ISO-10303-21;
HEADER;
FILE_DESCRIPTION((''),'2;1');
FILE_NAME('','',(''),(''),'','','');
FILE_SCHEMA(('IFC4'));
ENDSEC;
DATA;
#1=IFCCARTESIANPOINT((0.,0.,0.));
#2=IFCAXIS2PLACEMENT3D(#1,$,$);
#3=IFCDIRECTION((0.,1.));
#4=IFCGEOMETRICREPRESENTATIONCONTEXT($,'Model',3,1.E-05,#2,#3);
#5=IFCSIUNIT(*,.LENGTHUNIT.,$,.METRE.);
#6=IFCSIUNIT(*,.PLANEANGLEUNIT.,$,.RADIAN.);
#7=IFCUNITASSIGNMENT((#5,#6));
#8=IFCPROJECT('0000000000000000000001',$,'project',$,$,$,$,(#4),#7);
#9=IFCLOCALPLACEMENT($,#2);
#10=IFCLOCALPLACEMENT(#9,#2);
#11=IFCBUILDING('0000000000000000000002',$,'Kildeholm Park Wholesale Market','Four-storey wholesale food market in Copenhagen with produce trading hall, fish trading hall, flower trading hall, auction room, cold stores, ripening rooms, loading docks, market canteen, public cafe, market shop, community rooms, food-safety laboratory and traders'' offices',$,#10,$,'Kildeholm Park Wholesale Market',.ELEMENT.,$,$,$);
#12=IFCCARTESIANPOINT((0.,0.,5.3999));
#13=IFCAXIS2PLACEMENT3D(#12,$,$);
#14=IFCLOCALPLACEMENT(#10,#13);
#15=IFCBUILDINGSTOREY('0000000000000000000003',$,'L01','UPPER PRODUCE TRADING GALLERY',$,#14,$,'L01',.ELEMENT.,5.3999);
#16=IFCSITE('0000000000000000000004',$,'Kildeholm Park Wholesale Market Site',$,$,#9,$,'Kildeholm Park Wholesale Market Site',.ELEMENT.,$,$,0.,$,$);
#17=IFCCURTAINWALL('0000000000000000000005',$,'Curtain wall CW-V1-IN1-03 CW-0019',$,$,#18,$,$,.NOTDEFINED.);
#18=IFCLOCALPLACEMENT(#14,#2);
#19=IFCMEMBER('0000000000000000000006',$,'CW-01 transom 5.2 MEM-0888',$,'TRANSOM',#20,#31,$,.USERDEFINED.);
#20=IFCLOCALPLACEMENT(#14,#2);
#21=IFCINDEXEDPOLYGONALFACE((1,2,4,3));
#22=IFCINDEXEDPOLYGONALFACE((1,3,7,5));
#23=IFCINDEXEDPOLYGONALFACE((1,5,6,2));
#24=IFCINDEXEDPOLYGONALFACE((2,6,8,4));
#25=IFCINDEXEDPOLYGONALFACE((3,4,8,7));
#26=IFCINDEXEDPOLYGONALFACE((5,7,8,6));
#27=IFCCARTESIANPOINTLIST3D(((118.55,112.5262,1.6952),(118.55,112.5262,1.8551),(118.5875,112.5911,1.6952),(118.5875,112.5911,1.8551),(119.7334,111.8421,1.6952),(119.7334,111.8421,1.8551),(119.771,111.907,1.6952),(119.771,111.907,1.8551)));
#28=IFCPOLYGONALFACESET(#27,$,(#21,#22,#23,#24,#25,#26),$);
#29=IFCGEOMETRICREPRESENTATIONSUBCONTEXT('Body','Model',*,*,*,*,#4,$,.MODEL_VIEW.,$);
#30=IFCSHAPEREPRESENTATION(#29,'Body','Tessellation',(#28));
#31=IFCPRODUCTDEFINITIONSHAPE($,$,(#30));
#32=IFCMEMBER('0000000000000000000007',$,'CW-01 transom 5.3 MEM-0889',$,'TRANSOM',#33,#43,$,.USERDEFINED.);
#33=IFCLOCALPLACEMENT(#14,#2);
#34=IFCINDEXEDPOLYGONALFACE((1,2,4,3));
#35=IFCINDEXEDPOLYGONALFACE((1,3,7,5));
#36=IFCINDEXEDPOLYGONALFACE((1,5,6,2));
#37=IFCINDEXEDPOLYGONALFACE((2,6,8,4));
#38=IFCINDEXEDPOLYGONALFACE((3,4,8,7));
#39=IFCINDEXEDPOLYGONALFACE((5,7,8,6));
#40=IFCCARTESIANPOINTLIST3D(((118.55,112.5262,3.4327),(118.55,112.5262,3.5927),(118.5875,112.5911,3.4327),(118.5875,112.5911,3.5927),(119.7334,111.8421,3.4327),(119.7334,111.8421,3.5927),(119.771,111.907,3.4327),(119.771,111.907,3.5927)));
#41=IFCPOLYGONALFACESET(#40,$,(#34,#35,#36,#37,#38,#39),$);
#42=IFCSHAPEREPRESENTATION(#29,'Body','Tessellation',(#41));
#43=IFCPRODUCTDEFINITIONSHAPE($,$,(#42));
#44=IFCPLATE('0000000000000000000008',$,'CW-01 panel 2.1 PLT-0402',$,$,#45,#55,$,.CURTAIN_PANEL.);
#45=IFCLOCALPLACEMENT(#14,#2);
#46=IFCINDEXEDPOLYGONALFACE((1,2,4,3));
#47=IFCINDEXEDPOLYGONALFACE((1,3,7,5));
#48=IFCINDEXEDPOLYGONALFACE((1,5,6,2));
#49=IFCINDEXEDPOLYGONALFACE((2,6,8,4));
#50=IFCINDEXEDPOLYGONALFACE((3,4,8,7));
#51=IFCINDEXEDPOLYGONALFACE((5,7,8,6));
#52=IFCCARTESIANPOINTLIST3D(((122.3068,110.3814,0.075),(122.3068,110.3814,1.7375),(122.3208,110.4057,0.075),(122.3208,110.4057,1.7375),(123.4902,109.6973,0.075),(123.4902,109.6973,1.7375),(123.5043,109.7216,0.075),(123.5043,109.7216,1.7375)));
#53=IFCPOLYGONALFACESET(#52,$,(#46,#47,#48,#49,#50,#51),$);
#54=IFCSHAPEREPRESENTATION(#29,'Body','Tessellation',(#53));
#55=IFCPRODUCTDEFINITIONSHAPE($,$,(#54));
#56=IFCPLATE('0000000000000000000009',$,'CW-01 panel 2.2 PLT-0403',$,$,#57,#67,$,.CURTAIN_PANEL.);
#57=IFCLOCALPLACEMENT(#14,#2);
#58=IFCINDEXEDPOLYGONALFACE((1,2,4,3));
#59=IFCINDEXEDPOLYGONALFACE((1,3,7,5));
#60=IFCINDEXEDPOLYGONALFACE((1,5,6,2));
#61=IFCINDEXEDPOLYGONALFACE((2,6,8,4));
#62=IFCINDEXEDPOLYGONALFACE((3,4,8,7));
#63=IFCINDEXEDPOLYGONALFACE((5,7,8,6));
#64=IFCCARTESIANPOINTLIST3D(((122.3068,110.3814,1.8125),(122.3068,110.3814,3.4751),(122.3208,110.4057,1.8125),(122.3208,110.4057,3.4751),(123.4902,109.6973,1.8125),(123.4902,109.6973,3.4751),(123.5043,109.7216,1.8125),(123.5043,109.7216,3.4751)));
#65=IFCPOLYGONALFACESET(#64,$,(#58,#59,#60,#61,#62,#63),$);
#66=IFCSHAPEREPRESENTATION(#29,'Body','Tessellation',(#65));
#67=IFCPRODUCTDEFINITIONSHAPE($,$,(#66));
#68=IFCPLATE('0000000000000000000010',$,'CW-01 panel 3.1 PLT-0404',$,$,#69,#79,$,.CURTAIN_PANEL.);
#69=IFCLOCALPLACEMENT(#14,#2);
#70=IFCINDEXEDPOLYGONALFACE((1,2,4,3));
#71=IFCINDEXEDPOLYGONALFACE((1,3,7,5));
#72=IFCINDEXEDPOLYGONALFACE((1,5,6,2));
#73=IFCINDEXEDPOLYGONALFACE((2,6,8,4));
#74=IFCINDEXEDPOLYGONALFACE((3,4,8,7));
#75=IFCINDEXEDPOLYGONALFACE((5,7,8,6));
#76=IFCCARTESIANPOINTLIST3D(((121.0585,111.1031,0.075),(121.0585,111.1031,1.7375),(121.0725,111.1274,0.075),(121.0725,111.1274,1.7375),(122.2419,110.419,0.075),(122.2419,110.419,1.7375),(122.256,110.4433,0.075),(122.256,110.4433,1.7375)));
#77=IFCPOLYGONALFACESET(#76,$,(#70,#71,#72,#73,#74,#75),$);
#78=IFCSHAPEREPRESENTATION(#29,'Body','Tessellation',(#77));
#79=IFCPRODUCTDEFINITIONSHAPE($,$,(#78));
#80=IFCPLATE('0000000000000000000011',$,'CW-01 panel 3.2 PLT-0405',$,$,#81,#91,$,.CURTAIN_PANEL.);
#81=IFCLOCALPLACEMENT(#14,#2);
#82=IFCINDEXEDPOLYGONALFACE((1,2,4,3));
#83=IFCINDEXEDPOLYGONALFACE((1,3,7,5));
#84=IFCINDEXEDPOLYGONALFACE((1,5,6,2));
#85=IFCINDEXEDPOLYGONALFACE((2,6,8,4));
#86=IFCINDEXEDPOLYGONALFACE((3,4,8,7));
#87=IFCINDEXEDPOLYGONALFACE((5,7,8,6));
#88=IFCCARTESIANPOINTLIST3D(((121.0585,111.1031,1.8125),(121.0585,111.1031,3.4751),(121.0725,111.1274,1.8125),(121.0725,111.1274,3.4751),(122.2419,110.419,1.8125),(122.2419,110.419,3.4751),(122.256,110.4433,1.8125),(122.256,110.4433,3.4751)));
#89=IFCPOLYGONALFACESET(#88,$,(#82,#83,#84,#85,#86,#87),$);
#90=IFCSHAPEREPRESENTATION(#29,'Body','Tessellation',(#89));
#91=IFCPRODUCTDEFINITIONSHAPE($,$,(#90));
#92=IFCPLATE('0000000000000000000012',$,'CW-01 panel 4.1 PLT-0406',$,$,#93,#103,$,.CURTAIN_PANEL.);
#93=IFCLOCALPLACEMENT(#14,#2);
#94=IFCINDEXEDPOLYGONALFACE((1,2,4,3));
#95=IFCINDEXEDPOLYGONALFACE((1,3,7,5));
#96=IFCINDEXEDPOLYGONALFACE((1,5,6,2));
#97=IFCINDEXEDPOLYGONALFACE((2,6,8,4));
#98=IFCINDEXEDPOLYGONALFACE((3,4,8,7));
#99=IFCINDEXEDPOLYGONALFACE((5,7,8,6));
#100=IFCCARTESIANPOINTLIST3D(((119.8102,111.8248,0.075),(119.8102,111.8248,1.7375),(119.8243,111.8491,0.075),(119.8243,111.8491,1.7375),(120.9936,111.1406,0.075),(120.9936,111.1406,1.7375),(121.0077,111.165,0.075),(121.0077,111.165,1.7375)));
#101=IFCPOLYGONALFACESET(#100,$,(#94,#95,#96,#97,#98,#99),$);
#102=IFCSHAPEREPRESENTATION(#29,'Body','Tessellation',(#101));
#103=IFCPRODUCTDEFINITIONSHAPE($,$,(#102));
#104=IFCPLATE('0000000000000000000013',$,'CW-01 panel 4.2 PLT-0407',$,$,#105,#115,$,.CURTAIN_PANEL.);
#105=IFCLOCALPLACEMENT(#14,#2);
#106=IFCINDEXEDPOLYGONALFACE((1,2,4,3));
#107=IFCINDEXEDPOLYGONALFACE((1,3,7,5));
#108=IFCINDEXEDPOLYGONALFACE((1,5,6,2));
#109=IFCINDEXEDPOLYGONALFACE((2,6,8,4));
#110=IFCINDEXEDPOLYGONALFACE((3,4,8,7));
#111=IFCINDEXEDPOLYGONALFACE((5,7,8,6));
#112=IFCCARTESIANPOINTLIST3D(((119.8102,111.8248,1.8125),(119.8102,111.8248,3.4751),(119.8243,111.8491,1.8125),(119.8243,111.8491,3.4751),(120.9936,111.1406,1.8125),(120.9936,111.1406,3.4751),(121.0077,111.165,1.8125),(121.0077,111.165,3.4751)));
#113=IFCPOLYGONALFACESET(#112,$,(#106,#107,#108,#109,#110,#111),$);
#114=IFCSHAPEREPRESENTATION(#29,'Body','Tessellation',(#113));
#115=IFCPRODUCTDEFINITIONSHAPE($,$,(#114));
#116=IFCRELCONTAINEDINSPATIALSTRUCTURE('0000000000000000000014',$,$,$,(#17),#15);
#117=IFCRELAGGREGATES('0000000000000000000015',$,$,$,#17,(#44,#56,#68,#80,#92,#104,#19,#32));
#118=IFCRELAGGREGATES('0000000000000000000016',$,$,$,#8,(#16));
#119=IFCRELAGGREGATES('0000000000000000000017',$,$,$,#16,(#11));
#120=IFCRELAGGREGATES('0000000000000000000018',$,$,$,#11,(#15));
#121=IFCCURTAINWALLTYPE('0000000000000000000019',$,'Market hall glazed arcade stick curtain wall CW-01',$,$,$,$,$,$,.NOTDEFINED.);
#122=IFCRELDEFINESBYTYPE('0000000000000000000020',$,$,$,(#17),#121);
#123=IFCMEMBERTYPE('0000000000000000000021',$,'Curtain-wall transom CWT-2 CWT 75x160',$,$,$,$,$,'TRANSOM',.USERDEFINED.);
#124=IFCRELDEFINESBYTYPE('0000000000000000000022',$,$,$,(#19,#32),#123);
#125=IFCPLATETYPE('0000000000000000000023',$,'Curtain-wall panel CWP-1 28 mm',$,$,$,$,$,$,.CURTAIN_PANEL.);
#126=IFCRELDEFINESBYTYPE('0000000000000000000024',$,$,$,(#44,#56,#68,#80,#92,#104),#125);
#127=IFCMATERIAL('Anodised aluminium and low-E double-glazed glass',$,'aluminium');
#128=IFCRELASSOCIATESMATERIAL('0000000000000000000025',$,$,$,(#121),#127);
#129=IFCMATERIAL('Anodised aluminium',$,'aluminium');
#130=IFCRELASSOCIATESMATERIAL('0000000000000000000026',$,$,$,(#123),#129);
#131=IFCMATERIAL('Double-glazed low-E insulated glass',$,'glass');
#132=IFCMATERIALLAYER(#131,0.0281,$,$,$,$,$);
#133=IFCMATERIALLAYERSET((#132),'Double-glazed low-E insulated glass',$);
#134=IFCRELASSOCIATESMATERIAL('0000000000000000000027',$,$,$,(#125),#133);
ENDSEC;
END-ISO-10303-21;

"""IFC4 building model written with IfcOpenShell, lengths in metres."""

from ifc_helpers import new_model, si_unit, direction, frame, origin, origin_2d, place, context, subcontext, project, spatial, rectangle, extrude, material, layer, layer_set, material_profile, profile_set, type_object, element, aggregate, save


model = new_model("IFC4")

# Units and contexts
model_context = context("Model", 3, precision=1e-05, world=origin(), true_north=direction((0.0, 1.0)))
body_context = subcontext(model_context, "Body", "Model", "MODEL_VIEW")
ifc_project = project(units=[si_unit("LENGTHUNIT", "METRE"), si_unit("PLANEANGLEUNIT", "RADIAN")], contexts=[model_context])

# Site, building, storey
site_placement = place(None, origin())
site = spatial("IfcSite", under=ifc_project, at=site_placement, Name="Kildeholm Park Wholesale Market Site", LongName="Kildeholm Park Wholesale Market Site", CompositionType="ELEMENT", RefElevation=0.0)
building_placement = place(site_placement, origin())
building = spatial("IfcBuilding", under=site, at=building_placement, Name="Kildeholm Park Wholesale Market", Description="Four-storey wholesale food market in Copenhagen with produce trading hall, fish trading hall, flower trading hall, auction room, cold stores, ripening rooms, loading docks, market canteen, public cafe, market shop, community rooms, food-safety laboratory and traders' offices", LongName="Kildeholm Park Wholesale Market", CompositionType="ELEMENT")
storey_placement = place(building_placement, frame((0.0, 0.0, 5.3999)))
storey = spatial("IfcBuildingStorey", under=building, at=storey_placement, Name="L01", Description="UPPER PRODUCE TRADING GALLERY", LongName="L01", CompositionType="ELEMENT", Elevation=5.3999)

# Curtain wall, members, plates
ifc_material_1 = material(Name="Anodised aluminium and low-E double-glazed glass", Category="aluminium")
curtain_wall_type = type_object("IfcCurtainWallType", Name="Market hall glazed arcade stick curtain wall CW-01", PredefinedType="NOTDEFINED", material=ifc_material_1)
curtain_wall_placement = place(storey_placement, origin())
curtain_wall = element("IfcCurtainWall", 1, at=curtain_wall_placement, inside=storey, type_object=curtain_wall_type, Name="Curtain wall CW-V1-IN1-03 CW-0019", PredefinedType="NOTDEFINED")
ifc_material_2 = material(Name="Anodised aluminium", Category="aluminium")
ifc_material_profile_1 = material_profile(ifc_material_2, rectangle(XDim=0.075, YDim=0.1599, at=origin_2d()), Name="CWT 75x160")
ifc_profile_set_1 = profile_set([ifc_material_profile_1], Name="Anodised aluminium")
member_type_1 = type_object("IfcMemberType", Name="Curtain-wall transom CWT-2 CWT 75x160", ElementType="TRANSOM", PredefinedType="USERDEFINED", material=ifc_profile_set_1)
member_1_placement = place(storey_placement, frame((119.7522, 111.8745, 1.7751), z_axis=(-0.865748, 0.50048, 0.0), x_axis=(-0.50048, -0.865748, 0.0)))
member_1 = element("IfcMember", 2, at=member_1_placement, type_object=member_type_1, Name="CW-01 transom 5.2 MEM-0888", ObjectType="TRANSOM", PredefinedType="USERDEFINED", context=body_context, shape_type="SweptSolid", body=[
    extrude(rectangle(XDim=0.075, YDim=0.1599, at=origin_2d()), origin(), (0.0, 0.0, 1.0), 1.3669),
])
member_2_placement = place(storey_placement, frame((119.7522, 111.8745, 3.5127), z_axis=(-0.865748, 0.50048, 0.0), x_axis=(-0.50048, -0.865748, 0.0)))
member_2 = element("IfcMember", 3, at=member_2_placement, type_object=member_type_1, Name="CW-01 transom 5.3 MEM-0889", ObjectType="TRANSOM", PredefinedType="USERDEFINED", context=body_context, shape_type="SweptSolid", body=[
    extrude(rectangle(XDim=0.075, YDim=0.1599, at=origin_2d()), origin(), (0.0, 0.0, 1.0), 1.3669),
])
ifc_material_3 = material(Name="Double-glazed low-E insulated glass", Category="glass")
ifc_layer = layer(ifc_material_3, 0.0281)
ifc_layer_set = layer_set([ifc_layer], Name="Double-glazed low-E insulated glass")
plate_type = type_object("IfcPlateType", Name="Curtain-wall panel CWP-1 28 mm", PredefinedType="CURTAIN_PANEL", material=ifc_layer_set)
plate_1_placement = place(storey_placement, frame((122.9055, 110.0515, 0.075), z_axis=(0.0, 0.0, 1.0), x_axis=(-0.865743, 0.500489, 0.0)))
plate_1 = element("IfcPlate", 4, at=plate_1_placement, type_object=plate_type, Name="CW-01 panel 2.1 PLT-0402", PredefinedType="CURTAIN_PANEL", context=body_context, shape_type="SweptSolid", body=[
    extrude(rectangle(XDim=1.3669, YDim=0.0281, at=origin_2d()), origin(), (0.0, 0.0, 1.0), 1.6626),
])
plate_2_placement = place(storey_placement, frame((122.9055, 110.0515, 1.8125), z_axis=(0.0, 0.0, 1.0), x_axis=(-0.865743, 0.500489, 0.0)))
plate_2 = element("IfcPlate", 5, at=plate_2_placement, type_object=plate_type, Name="CW-01 panel 2.2 PLT-0403", PredefinedType="CURTAIN_PANEL", context=body_context, shape_type="SweptSolid", body=[
    extrude(rectangle(XDim=1.3669, YDim=0.0281, at=origin_2d()), origin(), (0.0, 0.0, 1.0), 1.6626),
])
plate_3_placement = place(storey_placement, frame((121.6572, 110.7732, 0.075), z_axis=(0.0, 0.0, 1.0), x_axis=(-0.865743, 0.500489, 0.0)))
plate_3 = element("IfcPlate", 6, at=plate_3_placement, type_object=plate_type, Name="CW-01 panel 3.1 PLT-0404", PredefinedType="CURTAIN_PANEL", context=body_context, shape_type="SweptSolid", body=[
    extrude(rectangle(XDim=1.3669, YDim=0.0281, at=origin_2d()), origin(), (0.0, 0.0, 1.0), 1.6626),
])
plate_4_placement = place(storey_placement, frame((121.6572, 110.7732, 1.8125), z_axis=(0.0, 0.0, 1.0), x_axis=(-0.865743, 0.500489, 0.0)))
plate_4 = element("IfcPlate", 7, at=plate_4_placement, type_object=plate_type, Name="CW-01 panel 3.2 PLT-0405", PredefinedType="CURTAIN_PANEL", context=body_context, shape_type="SweptSolid", body=[
    extrude(rectangle(XDim=1.3669, YDim=0.0281, at=origin_2d()), origin(), (0.0, 0.0, 1.0), 1.6626),
])
plate_5_placement = place(storey_placement, frame((120.4089, 111.4949, 0.075), z_axis=(0.0, 0.0, 1.0), x_axis=(-0.865743, 0.500489, 0.0)))
plate_5 = element("IfcPlate", 8, at=plate_5_placement, type_object=plate_type, Name="CW-01 panel 4.1 PLT-0406", PredefinedType="CURTAIN_PANEL", context=body_context, shape_type="SweptSolid", body=[
    extrude(rectangle(XDim=1.3669, YDim=0.0281, at=origin_2d()), origin(), (0.0, 0.0, 1.0), 1.6626),
])
plate_6_placement = place(storey_placement, frame((120.4089, 111.4949, 1.8125), z_axis=(0.0, 0.0, 1.0), x_axis=(-0.865743, 0.500489, 0.0)))
plate_6 = element("IfcPlate", 9, at=plate_6_placement, type_object=plate_type, Name="CW-01 panel 4.2 PLT-0407", PredefinedType="CURTAIN_PANEL", context=body_context, shape_type="SweptSolid", body=[
    extrude(rectangle(XDim=1.3669, YDim=0.0281, at=origin_2d()), origin(), (0.0, 0.0, 1.0), 1.6626),
])
aggregate(curtain_wall, [plate_1, plate_2, plate_3, plate_4, plate_5, plate_6, member_1, member_2])

save(model, "model.ifc")
